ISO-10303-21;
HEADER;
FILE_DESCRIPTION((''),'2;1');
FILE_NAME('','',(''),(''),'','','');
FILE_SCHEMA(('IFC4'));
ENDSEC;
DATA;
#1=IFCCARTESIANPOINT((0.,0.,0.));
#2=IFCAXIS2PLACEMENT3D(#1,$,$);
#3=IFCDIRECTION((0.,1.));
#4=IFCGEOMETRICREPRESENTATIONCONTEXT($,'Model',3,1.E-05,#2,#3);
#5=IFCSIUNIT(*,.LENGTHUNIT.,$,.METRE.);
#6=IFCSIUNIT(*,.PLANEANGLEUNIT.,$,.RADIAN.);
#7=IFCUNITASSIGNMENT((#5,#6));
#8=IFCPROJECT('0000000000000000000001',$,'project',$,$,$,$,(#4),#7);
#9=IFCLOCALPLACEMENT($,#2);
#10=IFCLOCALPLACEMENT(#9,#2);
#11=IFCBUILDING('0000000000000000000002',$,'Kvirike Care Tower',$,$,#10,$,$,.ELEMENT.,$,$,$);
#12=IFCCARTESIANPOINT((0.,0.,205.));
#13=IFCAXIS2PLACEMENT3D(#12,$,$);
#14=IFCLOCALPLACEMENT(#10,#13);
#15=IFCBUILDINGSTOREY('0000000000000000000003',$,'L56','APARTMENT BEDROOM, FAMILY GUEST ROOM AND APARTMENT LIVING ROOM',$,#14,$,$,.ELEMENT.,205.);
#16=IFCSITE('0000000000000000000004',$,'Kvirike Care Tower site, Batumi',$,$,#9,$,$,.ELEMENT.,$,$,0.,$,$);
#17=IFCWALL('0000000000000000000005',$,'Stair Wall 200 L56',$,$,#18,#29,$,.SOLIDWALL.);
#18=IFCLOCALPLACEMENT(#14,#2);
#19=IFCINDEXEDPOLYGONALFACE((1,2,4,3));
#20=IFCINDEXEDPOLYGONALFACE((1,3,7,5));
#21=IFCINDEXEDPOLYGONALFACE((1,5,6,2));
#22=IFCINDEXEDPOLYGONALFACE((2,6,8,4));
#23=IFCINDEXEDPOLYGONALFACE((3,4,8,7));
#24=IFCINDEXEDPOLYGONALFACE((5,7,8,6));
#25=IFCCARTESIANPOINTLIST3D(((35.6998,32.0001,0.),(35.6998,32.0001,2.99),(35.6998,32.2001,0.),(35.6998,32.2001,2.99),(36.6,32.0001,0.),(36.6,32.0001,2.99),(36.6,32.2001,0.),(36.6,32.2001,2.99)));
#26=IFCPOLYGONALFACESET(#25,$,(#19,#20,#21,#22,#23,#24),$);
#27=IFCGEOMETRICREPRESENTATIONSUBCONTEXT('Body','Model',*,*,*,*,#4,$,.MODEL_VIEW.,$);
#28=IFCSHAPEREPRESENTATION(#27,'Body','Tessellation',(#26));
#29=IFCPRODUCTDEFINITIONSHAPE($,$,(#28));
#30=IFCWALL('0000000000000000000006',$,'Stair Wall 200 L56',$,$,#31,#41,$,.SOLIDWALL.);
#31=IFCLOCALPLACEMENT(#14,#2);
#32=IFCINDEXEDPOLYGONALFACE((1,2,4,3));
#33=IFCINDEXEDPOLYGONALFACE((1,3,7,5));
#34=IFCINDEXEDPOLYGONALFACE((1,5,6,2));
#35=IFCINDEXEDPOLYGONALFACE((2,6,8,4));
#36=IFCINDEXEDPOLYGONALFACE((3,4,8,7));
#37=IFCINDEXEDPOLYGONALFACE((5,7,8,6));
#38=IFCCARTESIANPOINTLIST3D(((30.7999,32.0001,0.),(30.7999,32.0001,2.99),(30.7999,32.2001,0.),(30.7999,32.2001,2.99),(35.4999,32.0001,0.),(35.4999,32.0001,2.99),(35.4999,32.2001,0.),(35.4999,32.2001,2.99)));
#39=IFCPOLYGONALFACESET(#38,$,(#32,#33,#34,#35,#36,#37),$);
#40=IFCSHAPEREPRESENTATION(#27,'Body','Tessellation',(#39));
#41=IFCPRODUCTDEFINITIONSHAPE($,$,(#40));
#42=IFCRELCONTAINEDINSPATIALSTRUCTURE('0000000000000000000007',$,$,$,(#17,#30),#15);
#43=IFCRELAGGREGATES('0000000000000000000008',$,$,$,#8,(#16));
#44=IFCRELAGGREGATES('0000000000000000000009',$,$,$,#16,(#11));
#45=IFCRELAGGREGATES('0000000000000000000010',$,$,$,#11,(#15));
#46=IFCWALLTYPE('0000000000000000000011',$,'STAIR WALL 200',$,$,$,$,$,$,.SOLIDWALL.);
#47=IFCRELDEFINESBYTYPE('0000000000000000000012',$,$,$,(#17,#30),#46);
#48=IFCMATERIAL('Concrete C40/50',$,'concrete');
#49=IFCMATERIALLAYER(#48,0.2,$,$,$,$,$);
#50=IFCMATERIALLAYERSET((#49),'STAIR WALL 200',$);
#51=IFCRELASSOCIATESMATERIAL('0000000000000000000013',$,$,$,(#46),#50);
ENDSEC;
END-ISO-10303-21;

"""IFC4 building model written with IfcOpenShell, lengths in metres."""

from ifc_helpers import new_model, si_unit, direction, frame, frame_2d, origin, place, context, subcontext, project, spatial, rectangle, extrude, material, layer, layer_set, type_object, element, save


model = new_model("IFC4")

# Units and contexts
model_context = context("Model", 3, precision=1e-05, world=origin(), true_north=direction((0.0, 1.0)))
body_context = subcontext(model_context, "Body", "Model", "MODEL_VIEW")
ifc_project = project(units=[si_unit("LENGTHUNIT", "METRE"), si_unit("PLANEANGLEUNIT", "RADIAN")], contexts=[model_context])

# Site, building, storey
site_placement = place(None, origin())
site = spatial("IfcSite", under=ifc_project, at=site_placement, Name="Kvirike Care Tower site, Batumi", CompositionType="ELEMENT", RefElevation=0.0)
building_placement = place(site_placement, origin())
building = spatial("IfcBuilding", under=site, at=building_placement, Name="Kvirike Care Tower", CompositionType="ELEMENT")
storey_placement = place(building_placement, frame((0.0, 0.0, 205.0)))
storey = spatial("IfcBuildingStorey", under=building, at=storey_placement, Name="L56", Description="APARTMENT BEDROOM, FAMILY GUEST ROOM AND APARTMENT LIVING ROOM", CompositionType="ELEMENT", Elevation=205.0)

# Walls
ifc_material_1 = material(Name="Concrete C40/50", Category="concrete")
ifc_layer_1 = layer(ifc_material_1, 0.2)
ifc_layer_set_1 = layer_set([ifc_layer_1], Name="STAIR WALL 200")
wall_type_1 = type_object("IfcWallType", Name="STAIR WALL 200", PredefinedType="SOLIDWALL", material=ifc_layer_set_1)
wall_1_placement = place(storey_placement, frame((36.6001, 32.1001, 0.0), z_axis=(0.0, 0.0, 1.0), x_axis=(-1.0, 0.0, 0.0)))
element("IfcWall", 1, at=wall_1_placement, inside=storey, type_object=wall_type_1, Name="Stair Wall 200 L56", PredefinedType="SOLIDWALL", context=body_context, shape_type="SweptSolid", body=[
    extrude(rectangle(XDim=0.9001, YDim=0.2, at=frame_2d((0.4502, 0.0))), origin(), (0.0, 0.0, 1.0), 2.99),
])
wall_2_placement = place(storey_placement, frame((35.5, 32.1001, 0.0), z_axis=(0.0, 0.0, 1.0), x_axis=(-1.0, 0.0, 0.0)))
element("IfcWall", 2, at=wall_2_placement, inside=storey, type_object=wall_type_1, Name="Stair Wall 200 L56", PredefinedType="SOLIDWALL", context=body_context, shape_type="SweptSolid", body=[
    extrude(rectangle(XDim=4.7, YDim=0.2, at=frame_2d((2.3501, 0.0))), origin(), (0.0, 0.0, 1.0), 2.99),
])

save(model, "model.ifc")
